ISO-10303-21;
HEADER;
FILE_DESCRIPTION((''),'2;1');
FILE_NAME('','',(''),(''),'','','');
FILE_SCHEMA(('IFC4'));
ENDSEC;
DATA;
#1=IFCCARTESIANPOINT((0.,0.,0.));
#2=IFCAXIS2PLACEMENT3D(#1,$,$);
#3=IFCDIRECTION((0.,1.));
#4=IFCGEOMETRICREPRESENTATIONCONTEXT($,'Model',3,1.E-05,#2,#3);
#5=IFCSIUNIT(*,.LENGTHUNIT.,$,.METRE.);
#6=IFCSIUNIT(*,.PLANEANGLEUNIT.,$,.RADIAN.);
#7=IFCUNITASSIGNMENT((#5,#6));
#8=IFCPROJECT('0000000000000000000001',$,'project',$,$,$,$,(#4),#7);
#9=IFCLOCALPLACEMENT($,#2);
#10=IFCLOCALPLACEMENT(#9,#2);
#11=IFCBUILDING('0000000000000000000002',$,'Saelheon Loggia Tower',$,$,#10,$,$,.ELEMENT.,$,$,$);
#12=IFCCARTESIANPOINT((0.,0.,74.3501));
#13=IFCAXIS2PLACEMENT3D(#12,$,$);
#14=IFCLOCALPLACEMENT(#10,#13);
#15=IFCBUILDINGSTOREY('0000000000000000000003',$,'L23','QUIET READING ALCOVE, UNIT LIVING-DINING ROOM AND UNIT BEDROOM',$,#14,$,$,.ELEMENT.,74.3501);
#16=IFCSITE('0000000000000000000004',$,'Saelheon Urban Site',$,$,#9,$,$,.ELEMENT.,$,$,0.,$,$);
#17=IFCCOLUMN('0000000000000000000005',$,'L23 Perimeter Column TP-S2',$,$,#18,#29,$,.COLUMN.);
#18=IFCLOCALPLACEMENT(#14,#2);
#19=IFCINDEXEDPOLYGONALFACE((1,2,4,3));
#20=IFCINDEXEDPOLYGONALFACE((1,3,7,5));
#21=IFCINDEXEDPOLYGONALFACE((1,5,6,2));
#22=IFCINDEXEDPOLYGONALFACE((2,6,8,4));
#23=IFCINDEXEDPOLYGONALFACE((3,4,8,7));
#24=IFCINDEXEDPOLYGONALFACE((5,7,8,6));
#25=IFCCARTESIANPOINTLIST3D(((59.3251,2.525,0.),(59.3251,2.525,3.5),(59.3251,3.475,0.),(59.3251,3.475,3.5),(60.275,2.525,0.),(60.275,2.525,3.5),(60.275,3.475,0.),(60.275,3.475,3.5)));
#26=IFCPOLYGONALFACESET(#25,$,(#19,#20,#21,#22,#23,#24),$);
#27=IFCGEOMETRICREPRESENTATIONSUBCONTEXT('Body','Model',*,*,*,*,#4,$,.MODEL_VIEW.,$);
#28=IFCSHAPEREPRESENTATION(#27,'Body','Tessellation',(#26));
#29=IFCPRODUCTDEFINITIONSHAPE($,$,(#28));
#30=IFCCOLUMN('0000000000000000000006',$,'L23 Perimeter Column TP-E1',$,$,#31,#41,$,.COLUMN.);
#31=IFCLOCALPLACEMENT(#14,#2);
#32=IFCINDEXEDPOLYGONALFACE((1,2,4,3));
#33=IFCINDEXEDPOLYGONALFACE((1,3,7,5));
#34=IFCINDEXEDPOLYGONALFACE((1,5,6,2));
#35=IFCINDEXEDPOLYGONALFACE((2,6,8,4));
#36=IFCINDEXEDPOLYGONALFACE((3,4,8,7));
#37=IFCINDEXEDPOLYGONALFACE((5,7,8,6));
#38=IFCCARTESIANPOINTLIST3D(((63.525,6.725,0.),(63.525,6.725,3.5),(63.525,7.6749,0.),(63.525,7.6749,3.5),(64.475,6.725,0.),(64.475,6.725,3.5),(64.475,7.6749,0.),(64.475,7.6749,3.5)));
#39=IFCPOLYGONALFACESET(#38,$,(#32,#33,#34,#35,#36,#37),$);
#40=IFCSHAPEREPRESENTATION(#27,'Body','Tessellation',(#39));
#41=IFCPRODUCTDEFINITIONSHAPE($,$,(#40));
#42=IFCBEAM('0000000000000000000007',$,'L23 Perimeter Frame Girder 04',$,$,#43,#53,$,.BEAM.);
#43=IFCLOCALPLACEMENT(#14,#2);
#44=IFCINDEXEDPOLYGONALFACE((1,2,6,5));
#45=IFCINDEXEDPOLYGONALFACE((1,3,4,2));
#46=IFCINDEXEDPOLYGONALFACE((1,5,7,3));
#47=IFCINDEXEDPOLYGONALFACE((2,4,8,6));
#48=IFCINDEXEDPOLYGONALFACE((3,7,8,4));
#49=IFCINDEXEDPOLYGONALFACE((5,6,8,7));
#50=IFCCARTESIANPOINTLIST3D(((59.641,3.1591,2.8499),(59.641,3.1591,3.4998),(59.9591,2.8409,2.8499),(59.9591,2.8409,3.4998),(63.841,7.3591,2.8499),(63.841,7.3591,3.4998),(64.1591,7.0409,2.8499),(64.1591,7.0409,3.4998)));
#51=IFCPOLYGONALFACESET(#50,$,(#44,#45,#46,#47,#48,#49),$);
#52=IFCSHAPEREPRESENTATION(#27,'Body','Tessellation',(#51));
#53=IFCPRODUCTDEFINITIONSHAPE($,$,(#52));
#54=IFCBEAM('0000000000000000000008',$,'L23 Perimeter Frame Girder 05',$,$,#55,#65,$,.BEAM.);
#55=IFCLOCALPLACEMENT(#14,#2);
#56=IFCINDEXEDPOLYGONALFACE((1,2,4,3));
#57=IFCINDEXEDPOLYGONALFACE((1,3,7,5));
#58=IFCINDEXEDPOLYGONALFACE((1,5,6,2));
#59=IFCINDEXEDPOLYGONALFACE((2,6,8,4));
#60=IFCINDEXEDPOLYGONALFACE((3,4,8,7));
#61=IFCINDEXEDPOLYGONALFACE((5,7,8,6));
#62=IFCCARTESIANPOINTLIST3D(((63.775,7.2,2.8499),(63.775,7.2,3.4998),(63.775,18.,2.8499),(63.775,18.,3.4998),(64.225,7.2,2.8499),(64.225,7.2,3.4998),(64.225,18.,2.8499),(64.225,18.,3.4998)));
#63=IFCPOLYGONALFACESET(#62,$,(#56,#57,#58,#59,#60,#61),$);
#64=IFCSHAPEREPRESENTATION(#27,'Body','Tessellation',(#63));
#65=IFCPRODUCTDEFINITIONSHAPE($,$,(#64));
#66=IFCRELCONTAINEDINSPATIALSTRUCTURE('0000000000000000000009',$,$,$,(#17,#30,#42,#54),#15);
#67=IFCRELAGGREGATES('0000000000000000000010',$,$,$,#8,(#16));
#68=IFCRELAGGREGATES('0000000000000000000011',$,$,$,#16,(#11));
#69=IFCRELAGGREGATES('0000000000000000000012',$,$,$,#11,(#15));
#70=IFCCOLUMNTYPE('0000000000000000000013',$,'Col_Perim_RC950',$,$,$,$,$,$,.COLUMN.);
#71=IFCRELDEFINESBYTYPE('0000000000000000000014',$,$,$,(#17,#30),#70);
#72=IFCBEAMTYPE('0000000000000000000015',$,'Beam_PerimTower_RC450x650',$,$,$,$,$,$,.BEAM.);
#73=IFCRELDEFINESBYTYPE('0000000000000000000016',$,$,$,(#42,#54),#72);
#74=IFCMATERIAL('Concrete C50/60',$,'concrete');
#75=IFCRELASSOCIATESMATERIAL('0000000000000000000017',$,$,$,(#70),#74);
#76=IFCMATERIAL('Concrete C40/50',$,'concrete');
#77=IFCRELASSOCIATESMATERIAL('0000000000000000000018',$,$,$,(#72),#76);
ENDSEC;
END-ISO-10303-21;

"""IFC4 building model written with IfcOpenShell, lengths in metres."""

from ifc_helpers import new_model, si_unit, direction, frame, origin, origin_2d, place, context, subcontext, project, spatial, rectangle, extrude, source, transform, mapped, material, material_profile, profile_set, type_object, element, save


model = new_model("IFC4")

# Units and contexts
model_context = context("Model", 3, precision=1e-05, world=origin(), true_north=direction((0.0, 1.0)))
body_context = subcontext(model_context, "Body", "Model", "MODEL_VIEW")
ifc_project = project(units=[si_unit("LENGTHUNIT", "METRE"), si_unit("PLANEANGLEUNIT", "RADIAN")], contexts=[model_context])

# Site, building, storey
site_placement = place(None, origin())
site = spatial("IfcSite", under=ifc_project, at=site_placement, Name="Saelheon Urban Site", CompositionType="ELEMENT", RefElevation=0.0)
building_placement = place(site_placement, origin())
building = spatial("IfcBuilding", under=site, at=building_placement, Name="Saelheon Loggia Tower", CompositionType="ELEMENT")
storey_placement = place(building_placement, frame((0.0, 0.0, 74.3501)))
storey = spatial("IfcBuildingStorey", under=building, at=storey_placement, Name="L23", Description="QUIET READING ALCOVE, UNIT LIVING-DINING ROOM AND UNIT BEDROOM", CompositionType="ELEMENT", Elevation=74.3501)

# Columns
ifc_material_1 = material(Name="Concrete C50/60", Category="concrete")
ifc_material_profile_1 = material_profile(ifc_material_1, rectangle(XDim=0.95, YDim=0.95, at=origin_2d()), Name="RC-950x950")
ifc_profile_set_1 = profile_set([ifc_material_profile_1], Name="Concrete C50/60")
column_type = type_object("IfcColumnType", Name="Col_Perim_RC950", PredefinedType="COLUMN", material=ifc_profile_set_1)
shared_shape_1 = source(origin(), body_context, "Body", "SweptSolid", [
    extrude(rectangle(XDim=0.95, YDim=0.95, at=origin_2d()), origin(), (0.0, 0.0, 1.0), 3.5),
])
for number, where, z_axis, x_axis, name in (
    (1, (59.8, 3.0, 0.0), (0.0, 0.0, 1.0), (1.0, 0.0, 0.0), "L23 Perimeter Column TP-S2"),
    (2, (64.0, 7.2, 0.0), (0.0, 0.0, 1.0), (1.0, 0.0, 0.0), "L23 Perimeter Column TP-E1"),
):
    element("IfcColumn", number, at=place(storey_placement, frame(where, z_axis=z_axis, x_axis=x_axis)), inside=storey, type_object=column_type, Name=name, PredefinedType="COLUMN", context=body_context, shape_type="MappedRepresentation", body=[
        mapped(shared_shape_1, transform((0.0, 0.0, 0.0), scale=1.0)),
    ])

# Beams
ifc_material_2 = material(Name="Concrete C40/50", Category="concrete")
ifc_material_profile_2 = material_profile(ifc_material_2, rectangle(XDim=0.45, YDim=0.6499, at=origin_2d()), Name="RC-450x650")
ifc_profile_set_2 = profile_set([ifc_material_profile_2], Name="Concrete C40/50")
beam_type = type_object("IfcBeamType", Name="Beam_PerimTower_RC450x650", PredefinedType="BEAM", material=ifc_profile_set_2)
shared_shape_2 = source(origin(), body_context, "Body", "SweptSolid", [
    extrude(rectangle(XDim=0.45, YDim=0.6499, at=origin_2d()), origin(), (0.0, 0.0, 1.0), 5.9397),
])
beam_1_placement = place(storey_placement, frame((59.8, 3.0, 3.1748), z_axis=(0.707107, 0.707107, 0.0), x_axis=(-0.707107, 0.707107, 0.0)))
element("IfcBeam", 3, at=beam_1_placement, inside=storey, type_object=beam_type, Name="L23 Perimeter Frame Girder 04", PredefinedType="BEAM", context=body_context, shape_type="MappedRepresentation", body=[
    mapped(shared_shape_2, transform((0.0, 0.0, 0.0), scale=1.0)),
])
shared_shape_3 = source(origin(), body_context, "Body", "SweptSolid", [
    extrude(rectangle(XDim=0.45, YDim=0.6499, at=origin_2d()), origin(), (0.0, 0.0, 1.0), 10.8),
])
beam_2_placement = place(storey_placement, frame((64.0, 7.2, 3.1748), z_axis=(0.0, 1.0, 0.0), x_axis=(-1.0, 0.0, 0.0)))
element("IfcBeam", 4, at=beam_2_placement, inside=storey, type_object=beam_type, Name="L23 Perimeter Frame Girder 05", PredefinedType="BEAM", context=body_context, shape_type="MappedRepresentation", body=[
    mapped(shared_shape_3, transform((0.0, 0.0, 0.0), scale=1.0)),
])

save(model, "model.ifc")
